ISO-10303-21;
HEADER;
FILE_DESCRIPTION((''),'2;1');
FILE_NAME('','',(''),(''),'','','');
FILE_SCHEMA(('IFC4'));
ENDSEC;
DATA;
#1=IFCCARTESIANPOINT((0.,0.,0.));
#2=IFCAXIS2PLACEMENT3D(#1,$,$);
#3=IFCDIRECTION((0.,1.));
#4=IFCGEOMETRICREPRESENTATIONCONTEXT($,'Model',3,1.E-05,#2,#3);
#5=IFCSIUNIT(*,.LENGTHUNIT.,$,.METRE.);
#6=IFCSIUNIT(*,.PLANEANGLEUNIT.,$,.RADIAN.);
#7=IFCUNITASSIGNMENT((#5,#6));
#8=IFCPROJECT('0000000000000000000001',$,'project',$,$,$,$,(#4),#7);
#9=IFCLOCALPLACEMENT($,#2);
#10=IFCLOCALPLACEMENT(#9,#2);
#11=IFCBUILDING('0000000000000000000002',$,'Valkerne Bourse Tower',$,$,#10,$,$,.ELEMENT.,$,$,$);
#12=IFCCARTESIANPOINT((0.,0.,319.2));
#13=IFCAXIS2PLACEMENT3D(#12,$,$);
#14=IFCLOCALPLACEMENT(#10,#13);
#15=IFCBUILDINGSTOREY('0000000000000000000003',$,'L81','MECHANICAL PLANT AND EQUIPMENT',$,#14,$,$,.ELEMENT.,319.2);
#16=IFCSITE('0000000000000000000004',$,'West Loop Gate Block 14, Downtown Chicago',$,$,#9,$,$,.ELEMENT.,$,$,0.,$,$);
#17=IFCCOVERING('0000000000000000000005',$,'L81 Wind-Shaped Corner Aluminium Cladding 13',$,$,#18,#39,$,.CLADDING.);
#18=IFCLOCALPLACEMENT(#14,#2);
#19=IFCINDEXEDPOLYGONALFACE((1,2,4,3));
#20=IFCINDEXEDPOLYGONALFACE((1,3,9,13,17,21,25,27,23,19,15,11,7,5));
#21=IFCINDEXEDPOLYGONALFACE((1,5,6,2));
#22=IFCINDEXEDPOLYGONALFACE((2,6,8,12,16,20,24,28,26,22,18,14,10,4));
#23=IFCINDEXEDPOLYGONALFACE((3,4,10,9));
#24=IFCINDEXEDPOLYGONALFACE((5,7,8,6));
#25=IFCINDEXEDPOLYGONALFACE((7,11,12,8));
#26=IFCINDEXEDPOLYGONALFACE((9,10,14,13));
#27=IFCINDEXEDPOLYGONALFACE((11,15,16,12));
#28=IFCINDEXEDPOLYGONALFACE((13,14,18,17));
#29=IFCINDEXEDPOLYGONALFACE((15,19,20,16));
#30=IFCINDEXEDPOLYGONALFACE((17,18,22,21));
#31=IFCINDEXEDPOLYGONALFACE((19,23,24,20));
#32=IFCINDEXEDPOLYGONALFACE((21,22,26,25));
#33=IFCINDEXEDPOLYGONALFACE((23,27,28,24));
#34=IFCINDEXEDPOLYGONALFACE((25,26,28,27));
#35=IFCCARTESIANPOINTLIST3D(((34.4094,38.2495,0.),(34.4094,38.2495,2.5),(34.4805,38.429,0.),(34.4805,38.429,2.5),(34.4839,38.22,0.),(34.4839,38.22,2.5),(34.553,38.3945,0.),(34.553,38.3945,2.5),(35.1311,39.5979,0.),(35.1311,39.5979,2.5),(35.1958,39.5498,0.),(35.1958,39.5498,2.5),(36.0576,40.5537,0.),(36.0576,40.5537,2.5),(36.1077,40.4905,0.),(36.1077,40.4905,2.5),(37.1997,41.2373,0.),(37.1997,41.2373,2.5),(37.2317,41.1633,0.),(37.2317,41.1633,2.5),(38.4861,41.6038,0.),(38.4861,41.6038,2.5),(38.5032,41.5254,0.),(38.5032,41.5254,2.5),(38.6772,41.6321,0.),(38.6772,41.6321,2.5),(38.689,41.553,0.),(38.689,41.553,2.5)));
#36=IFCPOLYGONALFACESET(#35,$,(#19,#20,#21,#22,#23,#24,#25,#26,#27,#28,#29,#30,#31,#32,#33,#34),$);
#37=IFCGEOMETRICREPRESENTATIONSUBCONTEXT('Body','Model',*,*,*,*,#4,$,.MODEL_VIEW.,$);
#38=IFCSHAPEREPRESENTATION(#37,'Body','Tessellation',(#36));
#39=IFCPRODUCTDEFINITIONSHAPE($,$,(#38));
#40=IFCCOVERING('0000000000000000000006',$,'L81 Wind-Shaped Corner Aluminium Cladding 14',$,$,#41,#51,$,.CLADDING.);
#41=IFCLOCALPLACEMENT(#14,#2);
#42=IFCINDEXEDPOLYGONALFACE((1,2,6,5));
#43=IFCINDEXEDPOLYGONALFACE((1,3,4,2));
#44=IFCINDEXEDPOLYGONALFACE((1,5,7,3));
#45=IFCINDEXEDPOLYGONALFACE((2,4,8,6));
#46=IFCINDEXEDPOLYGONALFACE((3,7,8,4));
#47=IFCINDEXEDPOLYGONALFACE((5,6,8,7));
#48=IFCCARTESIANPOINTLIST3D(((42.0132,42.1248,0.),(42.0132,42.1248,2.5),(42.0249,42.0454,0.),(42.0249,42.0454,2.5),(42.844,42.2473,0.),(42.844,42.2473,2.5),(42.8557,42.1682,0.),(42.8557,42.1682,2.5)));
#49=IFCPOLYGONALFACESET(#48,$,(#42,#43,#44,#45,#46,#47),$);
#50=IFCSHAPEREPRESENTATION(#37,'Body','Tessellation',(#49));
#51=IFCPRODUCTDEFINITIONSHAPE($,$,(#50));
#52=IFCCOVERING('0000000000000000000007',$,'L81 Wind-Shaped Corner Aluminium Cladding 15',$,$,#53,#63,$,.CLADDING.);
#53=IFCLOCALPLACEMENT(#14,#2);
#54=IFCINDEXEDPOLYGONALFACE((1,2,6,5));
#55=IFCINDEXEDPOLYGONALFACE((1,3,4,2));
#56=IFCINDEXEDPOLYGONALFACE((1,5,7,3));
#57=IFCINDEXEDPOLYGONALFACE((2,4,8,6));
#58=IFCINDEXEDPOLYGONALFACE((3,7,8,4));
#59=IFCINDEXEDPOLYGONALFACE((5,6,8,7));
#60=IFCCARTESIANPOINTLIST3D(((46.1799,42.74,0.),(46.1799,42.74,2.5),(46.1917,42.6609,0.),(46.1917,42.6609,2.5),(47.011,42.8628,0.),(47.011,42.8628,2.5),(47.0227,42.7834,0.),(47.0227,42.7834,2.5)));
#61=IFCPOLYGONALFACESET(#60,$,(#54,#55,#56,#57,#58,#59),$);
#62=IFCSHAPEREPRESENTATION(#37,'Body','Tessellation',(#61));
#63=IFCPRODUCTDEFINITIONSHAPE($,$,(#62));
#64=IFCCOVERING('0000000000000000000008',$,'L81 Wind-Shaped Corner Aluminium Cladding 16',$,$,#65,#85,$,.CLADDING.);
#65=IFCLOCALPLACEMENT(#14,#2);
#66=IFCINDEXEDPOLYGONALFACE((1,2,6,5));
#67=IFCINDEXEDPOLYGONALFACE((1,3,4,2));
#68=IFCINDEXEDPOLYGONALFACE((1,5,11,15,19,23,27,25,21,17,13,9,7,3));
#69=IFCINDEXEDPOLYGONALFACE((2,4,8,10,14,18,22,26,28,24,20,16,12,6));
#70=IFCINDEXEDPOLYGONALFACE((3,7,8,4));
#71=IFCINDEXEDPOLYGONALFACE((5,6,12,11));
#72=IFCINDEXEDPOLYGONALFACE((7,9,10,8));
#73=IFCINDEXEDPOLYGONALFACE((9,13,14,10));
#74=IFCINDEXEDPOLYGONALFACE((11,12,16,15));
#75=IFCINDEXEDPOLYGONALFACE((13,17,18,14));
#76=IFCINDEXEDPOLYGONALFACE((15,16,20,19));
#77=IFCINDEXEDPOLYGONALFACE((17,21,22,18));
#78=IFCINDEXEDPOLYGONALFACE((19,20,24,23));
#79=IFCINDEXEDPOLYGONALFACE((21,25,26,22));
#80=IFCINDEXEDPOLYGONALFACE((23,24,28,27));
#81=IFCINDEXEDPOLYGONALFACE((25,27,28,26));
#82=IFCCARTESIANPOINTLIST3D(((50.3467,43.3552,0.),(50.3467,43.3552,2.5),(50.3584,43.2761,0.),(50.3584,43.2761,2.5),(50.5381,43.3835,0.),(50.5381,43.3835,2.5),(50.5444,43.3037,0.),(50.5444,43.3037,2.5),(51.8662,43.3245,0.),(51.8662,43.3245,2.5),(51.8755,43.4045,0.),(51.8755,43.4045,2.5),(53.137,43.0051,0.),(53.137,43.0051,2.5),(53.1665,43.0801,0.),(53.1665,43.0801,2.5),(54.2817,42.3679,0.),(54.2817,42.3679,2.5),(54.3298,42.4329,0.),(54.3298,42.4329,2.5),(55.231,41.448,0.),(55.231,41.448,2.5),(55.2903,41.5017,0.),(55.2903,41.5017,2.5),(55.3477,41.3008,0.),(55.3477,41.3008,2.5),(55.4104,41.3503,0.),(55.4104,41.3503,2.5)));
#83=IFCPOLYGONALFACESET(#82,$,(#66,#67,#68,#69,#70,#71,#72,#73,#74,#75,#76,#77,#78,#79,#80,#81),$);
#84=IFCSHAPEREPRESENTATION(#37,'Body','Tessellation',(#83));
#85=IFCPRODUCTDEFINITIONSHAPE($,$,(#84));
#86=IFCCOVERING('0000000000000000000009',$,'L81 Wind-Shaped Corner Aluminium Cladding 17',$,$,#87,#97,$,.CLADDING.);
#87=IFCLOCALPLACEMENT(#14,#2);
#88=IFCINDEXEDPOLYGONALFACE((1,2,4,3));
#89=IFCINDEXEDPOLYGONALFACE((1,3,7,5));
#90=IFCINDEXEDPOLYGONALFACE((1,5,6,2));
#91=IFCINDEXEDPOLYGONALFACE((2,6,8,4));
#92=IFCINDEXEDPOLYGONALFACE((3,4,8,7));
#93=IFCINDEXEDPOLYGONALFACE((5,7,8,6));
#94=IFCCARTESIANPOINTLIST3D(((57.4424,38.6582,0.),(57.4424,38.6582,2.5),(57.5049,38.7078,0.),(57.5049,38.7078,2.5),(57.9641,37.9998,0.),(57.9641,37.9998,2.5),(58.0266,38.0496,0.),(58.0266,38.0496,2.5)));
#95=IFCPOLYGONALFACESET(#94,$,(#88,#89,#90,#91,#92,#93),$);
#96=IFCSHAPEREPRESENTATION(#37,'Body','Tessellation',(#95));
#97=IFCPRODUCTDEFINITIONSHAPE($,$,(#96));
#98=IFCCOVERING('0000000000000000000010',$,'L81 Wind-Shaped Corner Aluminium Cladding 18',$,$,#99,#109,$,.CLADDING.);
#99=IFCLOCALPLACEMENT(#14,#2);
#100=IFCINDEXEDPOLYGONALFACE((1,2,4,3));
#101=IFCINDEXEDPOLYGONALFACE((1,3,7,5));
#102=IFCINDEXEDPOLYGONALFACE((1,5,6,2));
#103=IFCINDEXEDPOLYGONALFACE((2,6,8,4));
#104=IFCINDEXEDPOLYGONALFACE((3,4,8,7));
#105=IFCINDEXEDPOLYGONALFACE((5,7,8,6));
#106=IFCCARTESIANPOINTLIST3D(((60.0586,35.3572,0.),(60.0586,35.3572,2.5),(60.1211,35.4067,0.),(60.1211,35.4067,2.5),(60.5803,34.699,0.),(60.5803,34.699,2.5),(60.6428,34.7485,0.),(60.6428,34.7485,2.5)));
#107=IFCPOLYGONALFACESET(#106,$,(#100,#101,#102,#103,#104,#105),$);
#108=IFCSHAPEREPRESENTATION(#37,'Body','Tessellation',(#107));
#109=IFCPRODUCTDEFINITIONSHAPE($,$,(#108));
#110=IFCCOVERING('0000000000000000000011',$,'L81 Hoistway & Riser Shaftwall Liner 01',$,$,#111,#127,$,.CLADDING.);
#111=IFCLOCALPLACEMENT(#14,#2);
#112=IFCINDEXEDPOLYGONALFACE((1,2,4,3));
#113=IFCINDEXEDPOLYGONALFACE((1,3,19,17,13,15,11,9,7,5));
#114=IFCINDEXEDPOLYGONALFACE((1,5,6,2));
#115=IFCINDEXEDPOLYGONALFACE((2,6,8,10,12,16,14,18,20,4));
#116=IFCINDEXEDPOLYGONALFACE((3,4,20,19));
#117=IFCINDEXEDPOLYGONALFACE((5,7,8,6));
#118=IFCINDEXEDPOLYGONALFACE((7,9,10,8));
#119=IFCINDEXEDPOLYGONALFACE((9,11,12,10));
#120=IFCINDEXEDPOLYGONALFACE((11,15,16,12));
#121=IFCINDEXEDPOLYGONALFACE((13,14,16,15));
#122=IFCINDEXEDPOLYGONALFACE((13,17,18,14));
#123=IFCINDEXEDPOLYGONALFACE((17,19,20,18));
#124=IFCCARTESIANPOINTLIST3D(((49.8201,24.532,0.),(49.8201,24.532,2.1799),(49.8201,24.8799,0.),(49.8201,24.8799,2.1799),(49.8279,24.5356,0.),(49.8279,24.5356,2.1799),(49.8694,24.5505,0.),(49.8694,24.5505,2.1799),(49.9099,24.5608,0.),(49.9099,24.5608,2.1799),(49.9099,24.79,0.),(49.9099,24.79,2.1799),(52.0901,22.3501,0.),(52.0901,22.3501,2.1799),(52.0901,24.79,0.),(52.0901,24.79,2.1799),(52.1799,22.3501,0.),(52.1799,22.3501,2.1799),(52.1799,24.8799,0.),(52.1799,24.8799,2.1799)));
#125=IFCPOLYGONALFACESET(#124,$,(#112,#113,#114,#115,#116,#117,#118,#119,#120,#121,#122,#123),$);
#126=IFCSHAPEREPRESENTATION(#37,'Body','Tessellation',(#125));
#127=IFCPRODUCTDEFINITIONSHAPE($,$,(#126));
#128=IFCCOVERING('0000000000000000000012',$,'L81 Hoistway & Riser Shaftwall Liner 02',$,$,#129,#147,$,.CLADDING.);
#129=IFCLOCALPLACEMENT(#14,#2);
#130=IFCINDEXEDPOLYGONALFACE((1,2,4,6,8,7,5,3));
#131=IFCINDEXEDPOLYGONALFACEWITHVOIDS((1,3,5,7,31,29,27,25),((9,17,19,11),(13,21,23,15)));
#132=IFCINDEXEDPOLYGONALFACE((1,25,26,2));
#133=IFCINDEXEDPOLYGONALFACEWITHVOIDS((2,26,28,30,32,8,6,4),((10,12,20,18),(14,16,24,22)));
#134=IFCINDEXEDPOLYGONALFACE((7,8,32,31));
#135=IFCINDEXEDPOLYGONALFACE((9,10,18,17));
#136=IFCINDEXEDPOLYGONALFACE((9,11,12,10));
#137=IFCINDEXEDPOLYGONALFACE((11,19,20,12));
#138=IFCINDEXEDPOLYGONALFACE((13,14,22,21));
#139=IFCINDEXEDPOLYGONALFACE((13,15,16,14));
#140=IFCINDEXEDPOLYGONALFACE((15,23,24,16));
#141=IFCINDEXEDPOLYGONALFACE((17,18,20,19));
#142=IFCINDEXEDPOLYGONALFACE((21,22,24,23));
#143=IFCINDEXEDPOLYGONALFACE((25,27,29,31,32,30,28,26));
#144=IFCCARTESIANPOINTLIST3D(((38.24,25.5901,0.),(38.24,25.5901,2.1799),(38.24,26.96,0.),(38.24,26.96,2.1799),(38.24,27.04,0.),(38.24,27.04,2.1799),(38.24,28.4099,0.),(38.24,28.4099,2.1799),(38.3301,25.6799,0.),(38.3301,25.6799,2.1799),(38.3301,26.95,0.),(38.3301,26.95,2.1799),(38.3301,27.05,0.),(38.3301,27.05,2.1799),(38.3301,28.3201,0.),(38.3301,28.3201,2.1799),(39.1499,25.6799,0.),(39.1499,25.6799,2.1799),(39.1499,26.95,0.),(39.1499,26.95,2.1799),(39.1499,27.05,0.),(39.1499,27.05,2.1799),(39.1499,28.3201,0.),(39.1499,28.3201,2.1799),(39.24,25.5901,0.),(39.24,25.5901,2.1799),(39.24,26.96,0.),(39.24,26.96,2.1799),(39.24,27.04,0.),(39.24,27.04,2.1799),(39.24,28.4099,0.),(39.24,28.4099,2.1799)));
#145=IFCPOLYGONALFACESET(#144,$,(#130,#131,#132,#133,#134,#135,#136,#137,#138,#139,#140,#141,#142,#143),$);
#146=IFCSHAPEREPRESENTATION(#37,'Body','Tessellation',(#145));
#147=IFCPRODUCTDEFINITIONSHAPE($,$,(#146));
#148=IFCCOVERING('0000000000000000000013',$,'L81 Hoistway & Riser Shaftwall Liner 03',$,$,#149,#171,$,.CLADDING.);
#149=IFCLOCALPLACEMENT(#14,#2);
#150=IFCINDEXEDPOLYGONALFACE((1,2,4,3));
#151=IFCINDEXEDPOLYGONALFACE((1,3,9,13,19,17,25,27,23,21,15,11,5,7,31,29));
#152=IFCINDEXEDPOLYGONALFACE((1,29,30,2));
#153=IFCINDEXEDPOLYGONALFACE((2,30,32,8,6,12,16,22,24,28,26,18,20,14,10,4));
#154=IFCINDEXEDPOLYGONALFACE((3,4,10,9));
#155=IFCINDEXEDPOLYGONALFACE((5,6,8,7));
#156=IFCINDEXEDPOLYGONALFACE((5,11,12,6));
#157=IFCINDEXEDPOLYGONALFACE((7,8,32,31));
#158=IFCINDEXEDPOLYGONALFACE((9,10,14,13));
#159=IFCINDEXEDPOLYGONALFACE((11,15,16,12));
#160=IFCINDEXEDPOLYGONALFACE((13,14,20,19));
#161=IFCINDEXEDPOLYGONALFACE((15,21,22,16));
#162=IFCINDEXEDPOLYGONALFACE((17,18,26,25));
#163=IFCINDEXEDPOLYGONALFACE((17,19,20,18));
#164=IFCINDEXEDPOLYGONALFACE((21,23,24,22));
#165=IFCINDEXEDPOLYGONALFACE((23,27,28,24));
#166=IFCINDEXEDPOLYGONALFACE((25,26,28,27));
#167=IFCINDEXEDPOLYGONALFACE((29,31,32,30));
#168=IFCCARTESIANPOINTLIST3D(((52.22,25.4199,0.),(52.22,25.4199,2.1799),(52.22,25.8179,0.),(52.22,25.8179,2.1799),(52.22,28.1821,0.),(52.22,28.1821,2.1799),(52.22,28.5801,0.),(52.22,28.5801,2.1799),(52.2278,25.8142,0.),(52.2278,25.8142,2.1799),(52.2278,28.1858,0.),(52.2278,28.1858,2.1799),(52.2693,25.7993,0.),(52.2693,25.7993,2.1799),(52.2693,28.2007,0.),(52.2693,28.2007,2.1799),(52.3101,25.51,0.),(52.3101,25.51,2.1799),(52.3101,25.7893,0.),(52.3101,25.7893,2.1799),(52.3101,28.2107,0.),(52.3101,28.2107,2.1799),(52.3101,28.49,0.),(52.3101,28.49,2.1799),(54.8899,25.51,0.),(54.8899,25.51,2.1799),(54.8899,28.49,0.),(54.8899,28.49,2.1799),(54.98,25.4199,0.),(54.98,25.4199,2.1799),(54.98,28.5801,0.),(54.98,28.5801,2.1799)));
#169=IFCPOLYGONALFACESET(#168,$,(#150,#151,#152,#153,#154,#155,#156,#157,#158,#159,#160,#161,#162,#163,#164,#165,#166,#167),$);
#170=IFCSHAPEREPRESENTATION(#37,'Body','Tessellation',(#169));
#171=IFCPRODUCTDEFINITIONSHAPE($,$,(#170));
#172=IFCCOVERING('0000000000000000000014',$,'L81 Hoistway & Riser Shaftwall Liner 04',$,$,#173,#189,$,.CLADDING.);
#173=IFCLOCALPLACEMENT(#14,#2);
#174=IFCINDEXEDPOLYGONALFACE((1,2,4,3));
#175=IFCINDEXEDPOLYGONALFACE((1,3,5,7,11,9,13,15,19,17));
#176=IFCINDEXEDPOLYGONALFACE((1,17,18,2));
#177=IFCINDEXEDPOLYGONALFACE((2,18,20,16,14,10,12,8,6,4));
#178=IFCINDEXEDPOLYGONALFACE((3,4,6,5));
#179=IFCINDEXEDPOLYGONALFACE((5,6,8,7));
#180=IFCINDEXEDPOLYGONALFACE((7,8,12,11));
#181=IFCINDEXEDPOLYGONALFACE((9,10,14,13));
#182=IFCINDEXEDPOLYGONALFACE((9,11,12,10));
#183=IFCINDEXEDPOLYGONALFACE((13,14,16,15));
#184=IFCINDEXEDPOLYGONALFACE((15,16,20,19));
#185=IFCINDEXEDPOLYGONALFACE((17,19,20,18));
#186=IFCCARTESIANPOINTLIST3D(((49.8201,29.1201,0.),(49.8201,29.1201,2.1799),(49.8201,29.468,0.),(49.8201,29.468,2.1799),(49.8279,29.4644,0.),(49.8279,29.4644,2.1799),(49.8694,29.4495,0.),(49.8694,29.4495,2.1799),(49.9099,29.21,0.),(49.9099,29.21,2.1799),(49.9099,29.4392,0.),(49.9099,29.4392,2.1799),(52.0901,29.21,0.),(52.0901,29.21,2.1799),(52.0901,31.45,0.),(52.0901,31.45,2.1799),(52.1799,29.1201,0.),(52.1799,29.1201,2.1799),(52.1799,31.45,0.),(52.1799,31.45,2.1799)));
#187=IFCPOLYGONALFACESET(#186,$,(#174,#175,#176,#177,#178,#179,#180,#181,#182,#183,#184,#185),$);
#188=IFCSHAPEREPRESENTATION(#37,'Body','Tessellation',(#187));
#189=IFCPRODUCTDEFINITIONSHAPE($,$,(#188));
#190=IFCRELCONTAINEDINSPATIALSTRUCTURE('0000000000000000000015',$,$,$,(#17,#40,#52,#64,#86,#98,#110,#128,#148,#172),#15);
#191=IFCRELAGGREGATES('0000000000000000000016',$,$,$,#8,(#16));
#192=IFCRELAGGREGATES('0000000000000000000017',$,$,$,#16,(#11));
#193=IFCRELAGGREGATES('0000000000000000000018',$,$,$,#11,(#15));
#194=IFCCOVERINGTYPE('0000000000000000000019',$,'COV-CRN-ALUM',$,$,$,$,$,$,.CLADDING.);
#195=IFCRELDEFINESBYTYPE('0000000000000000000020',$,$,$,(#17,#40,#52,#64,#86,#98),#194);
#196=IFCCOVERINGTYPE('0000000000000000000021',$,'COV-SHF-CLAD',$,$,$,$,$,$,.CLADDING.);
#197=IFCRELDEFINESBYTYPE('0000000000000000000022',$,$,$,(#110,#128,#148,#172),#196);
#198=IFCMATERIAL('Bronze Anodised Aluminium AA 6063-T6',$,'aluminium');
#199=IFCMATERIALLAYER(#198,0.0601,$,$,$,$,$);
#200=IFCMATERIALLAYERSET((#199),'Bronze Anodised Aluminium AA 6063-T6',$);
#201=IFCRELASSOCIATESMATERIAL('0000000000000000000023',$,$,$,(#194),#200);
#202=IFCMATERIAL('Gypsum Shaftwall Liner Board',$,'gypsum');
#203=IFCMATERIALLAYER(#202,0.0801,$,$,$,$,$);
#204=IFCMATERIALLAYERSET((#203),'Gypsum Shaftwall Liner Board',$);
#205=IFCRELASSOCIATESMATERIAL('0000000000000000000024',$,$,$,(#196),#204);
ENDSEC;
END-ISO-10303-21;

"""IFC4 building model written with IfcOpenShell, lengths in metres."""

from ifc_helpers import new_model, si_unit, direction, frame, origin, place, context, subcontext, project, spatial, polyline, outline, extrude, material, layer, layer_set, type_object, element, save


model = new_model("IFC4")

# Units and contexts
model_context = context("Model", 3, precision=1e-05, world=origin(), true_north=direction((0.0, 1.0)))
body_context = subcontext(model_context, "Body", "Model", "MODEL_VIEW")
ifc_project = project(units=[si_unit("LENGTHUNIT", "METRE"), si_unit("PLANEANGLEUNIT", "RADIAN")], contexts=[model_context])

# Site, building, storey
site_placement = place(None, origin())
site = spatial("IfcSite", under=ifc_project, at=site_placement, Name="West Loop Gate Block 14, Downtown Chicago", CompositionType="ELEMENT", RefElevation=0.0)
building_placement = place(site_placement, origin())
building = spatial("IfcBuilding", under=site, at=building_placement, Name="Valkerne Bourse Tower", CompositionType="ELEMENT")
storey_placement = place(building_placement, frame((0.0, 0.0, 319.2)))
storey = spatial("IfcBuildingStorey", under=building, at=storey_placement, Name="L81", Description="MECHANICAL PLANT AND EQUIPMENT", CompositionType="ELEMENT", Elevation=319.2)

# Shared definitions
ifc_material_1 = material(Name="Bronze Anodised Aluminium AA 6063-T6", Category="aluminium")

# Coverings
ifc_layer_1 = layer(ifc_material_1, 0.0601)
ifc_layer_set_1 = layer_set([ifc_layer_1], Name="Bronze Anodised Aluminium AA 6063-T6")
covering_type_1 = type_object("IfcCoveringType", Name="COV-CRN-ALUM", PredefinedType="CLADDING", material=ifc_layer_set_1)
covering_1_placement = place(storey_placement, origin())
element("IfcCovering", 1, at=covering_1_placement, inside=storey, type_object=covering_type_1, Name="L81 Wind-Shaped Corner Aluminium Cladding 13", PredefinedType="CLADDING", context=body_context, shape_type="SweptSolid", body=[
    extrude(outline(polyline([(34.4805, 38.429), (35.1311, 39.5979), (36.0576, 40.5537), (37.1997, 41.2373), (38.4861, 41.6038), (38.6772, 41.6321), (38.689, 41.553), (38.5032, 41.5254), (37.2317, 41.1633), (36.1077, 40.4905), (35.1958, 39.5498), (34.553, 38.3945), (34.4839, 38.22), (34.4094, 38.2495), (34.4805, 38.429)])), origin(), (0.0, 0.0, 1.0), 2.5),
])
covering_2_placement = place(storey_placement, origin())
element("IfcCovering", 2, at=covering_2_placement, inside=storey, type_object=covering_type_1, Name="L81 Wind-Shaped Corner Aluminium Cladding 14", PredefinedType="CLADDING", context=body_context, shape_type="SweptSolid", body=[
    extrude(outline(polyline([(42.844, 42.2473), (42.8557, 42.1682), (42.0249, 42.0454), (42.0132, 42.1248), (42.844, 42.2473)])), origin(), (0.0, 0.0, 1.0), 2.5),
])
covering_3_placement = place(storey_placement, origin())
element("IfcCovering", 3, at=covering_3_placement, inside=storey, type_object=covering_type_1, Name="L81 Wind-Shaped Corner Aluminium Cladding 15", PredefinedType="CLADDING", context=body_context, shape_type="SweptSolid", body=[
    extrude(outline(polyline([(47.011, 42.8628), (47.0227, 42.7834), (46.1917, 42.6609), (46.1799, 42.74), (47.011, 42.8628)])), origin(), (0.0, 0.0, 1.0), 2.5),
])
covering_4_placement = place(storey_placement, origin())
element("IfcCovering", 4, at=covering_4_placement, inside=storey, type_object=covering_type_1, Name="L81 Wind-Shaped Corner Aluminium Cladding 16", PredefinedType="CLADDING", context=body_context, shape_type="SweptSolid", body=[
    extrude(outline(polyline([(50.5381, 43.3835), (51.8755, 43.4045), (53.1665, 43.0801), (54.3298, 42.4329), (55.2903, 41.5017), (55.4104, 41.3503), (55.3477, 41.3008), (55.231, 41.448), (54.2817, 42.3679), (53.137, 43.0051), (51.8662, 43.3245), (50.5444, 43.3037), (50.3584, 43.2761), (50.3467, 43.3552), (50.5381, 43.3835)])), origin(), (0.0, 0.0, 1.0), 2.5),
])
covering_5_placement = place(storey_placement, origin())
element("IfcCovering", 5, at=covering_5_placement, inside=storey, type_object=covering_type_1, Name="L81 Wind-Shaped Corner Aluminium Cladding 17", PredefinedType="CLADDING", context=body_context, shape_type="SweptSolid", body=[
    extrude(outline(polyline([(58.0266, 38.0496), (57.9641, 37.9998), (57.4424, 38.6582), (57.5049, 38.7078), (58.0266, 38.0496)])), origin(), (0.0, 0.0, 1.0), 2.5),
])
covering_6_placement = place(storey_placement, origin())
element("IfcCovering", 6, at=covering_6_placement, inside=storey, type_object=covering_type_1, Name="L81 Wind-Shaped Corner Aluminium Cladding 18", PredefinedType="CLADDING", context=body_context, shape_type="SweptSolid", body=[
    extrude(outline(polyline([(60.6428, 34.7485), (60.5803, 34.699), (60.0586, 35.3572), (60.1211, 35.4067), (60.6428, 34.7485)])), origin(), (0.0, 0.0, 1.0), 2.5),
])
ifc_material_2 = material(Name="Gypsum Shaftwall Liner Board", Category="gypsum")
ifc_layer_2 = layer(ifc_material_2, 0.0801)
ifc_layer_set_2 = layer_set([ifc_layer_2], Name="Gypsum Shaftwall Liner Board")
covering_type_2 = type_object("IfcCoveringType", Name="COV-SHF-CLAD", PredefinedType="CLADDING", material=ifc_layer_set_2)
covering_7_placement = place(storey_placement, origin())
element("IfcCovering", 7, at=covering_7_placement, inside=storey, type_object=covering_type_2, Name="L81 Hoistway & Riser Shaftwall Liner 01", PredefinedType="CLADDING", context=body_context, shape_type="SweptSolid", body=[
    extrude(outline(polyline([(52.1799, 24.8799), (52.1799, 22.3501), (52.0901, 22.3501), (52.0901, 24.79), (49.9099, 24.79), (49.9099, 24.5608), (49.8694, 24.5505), (49.8279, 24.5356), (49.8201, 24.532), (49.8201, 24.8799), (52.1799, 24.8799)])), origin(), (0.0, 0.0, 1.0), 2.1799),
])
covering_8_placement = place(storey_placement, origin())
element("IfcCovering", 8, at=covering_8_placement, inside=storey, type_object=covering_type_2, Name="L81 Hoistway & Riser Shaftwall Liner 02", PredefinedType="CLADDING", context=body_context, shape_type="SweptSolid", body=[
    extrude(outline(polyline([(38.24, 25.5901), (38.24, 26.96), (38.24, 27.04), (38.24, 28.4099), (39.24, 28.4099), (39.24, 27.04), (39.24, 26.96), (39.24, 25.5901), (38.24, 25.5901)]), holes=[polyline([(39.1499, 25.6799), (39.1499, 26.95), (38.3301, 26.95), (38.3301, 25.6799), (39.1499, 25.6799)]), polyline([(39.1499, 28.3201), (38.3301, 28.3201), (38.3301, 27.05), (39.1499, 27.05), (39.1499, 28.3201)])]), origin(), (0.0, 0.0, 1.0), 2.1799),
])
covering_9_placement = place(storey_placement, origin())
element("IfcCovering", 9, at=covering_9_placement, inside=storey, type_object=covering_type_2, Name="L81 Hoistway & Riser Shaftwall Liner 03", PredefinedType="CLADDING", context=body_context, shape_type="SweptSolid", body=[
    extrude(outline(polyline([(52.22, 25.8179), (52.2278, 25.8142), (52.2693, 25.7993), (52.3101, 25.7893), (52.3101, 25.51), (54.8899, 25.51), (54.8899, 28.49), (52.3101, 28.49), (52.3101, 28.2107), (52.2693, 28.2007), (52.2278, 28.1858), (52.22, 28.1821), (52.22, 28.5801), (54.98, 28.5801), (54.98, 25.4199), (52.22, 25.4199), (52.22, 25.8179)])), origin(), (0.0, 0.0, 1.0), 2.1799),
])
covering_10_placement = place(storey_placement, origin())
element("IfcCovering", 10, at=covering_10_placement, inside=storey, type_object=covering_type_2, Name="L81 Hoistway & Riser Shaftwall Liner 04", PredefinedType="CLADDING", context=body_context, shape_type="SweptSolid", body=[
    extrude(outline(polyline([(49.9099, 29.21), (52.0901, 29.21), (52.0901, 31.45), (52.1799, 31.45), (52.1799, 29.1201), (49.8201, 29.1201), (49.8201, 29.468), (49.8279, 29.4644), (49.8694, 29.4495), (49.9099, 29.4392), (49.9099, 29.21)])), origin(), (0.0, 0.0, 1.0), 2.1799),
])

save(model, "model.ifc")
